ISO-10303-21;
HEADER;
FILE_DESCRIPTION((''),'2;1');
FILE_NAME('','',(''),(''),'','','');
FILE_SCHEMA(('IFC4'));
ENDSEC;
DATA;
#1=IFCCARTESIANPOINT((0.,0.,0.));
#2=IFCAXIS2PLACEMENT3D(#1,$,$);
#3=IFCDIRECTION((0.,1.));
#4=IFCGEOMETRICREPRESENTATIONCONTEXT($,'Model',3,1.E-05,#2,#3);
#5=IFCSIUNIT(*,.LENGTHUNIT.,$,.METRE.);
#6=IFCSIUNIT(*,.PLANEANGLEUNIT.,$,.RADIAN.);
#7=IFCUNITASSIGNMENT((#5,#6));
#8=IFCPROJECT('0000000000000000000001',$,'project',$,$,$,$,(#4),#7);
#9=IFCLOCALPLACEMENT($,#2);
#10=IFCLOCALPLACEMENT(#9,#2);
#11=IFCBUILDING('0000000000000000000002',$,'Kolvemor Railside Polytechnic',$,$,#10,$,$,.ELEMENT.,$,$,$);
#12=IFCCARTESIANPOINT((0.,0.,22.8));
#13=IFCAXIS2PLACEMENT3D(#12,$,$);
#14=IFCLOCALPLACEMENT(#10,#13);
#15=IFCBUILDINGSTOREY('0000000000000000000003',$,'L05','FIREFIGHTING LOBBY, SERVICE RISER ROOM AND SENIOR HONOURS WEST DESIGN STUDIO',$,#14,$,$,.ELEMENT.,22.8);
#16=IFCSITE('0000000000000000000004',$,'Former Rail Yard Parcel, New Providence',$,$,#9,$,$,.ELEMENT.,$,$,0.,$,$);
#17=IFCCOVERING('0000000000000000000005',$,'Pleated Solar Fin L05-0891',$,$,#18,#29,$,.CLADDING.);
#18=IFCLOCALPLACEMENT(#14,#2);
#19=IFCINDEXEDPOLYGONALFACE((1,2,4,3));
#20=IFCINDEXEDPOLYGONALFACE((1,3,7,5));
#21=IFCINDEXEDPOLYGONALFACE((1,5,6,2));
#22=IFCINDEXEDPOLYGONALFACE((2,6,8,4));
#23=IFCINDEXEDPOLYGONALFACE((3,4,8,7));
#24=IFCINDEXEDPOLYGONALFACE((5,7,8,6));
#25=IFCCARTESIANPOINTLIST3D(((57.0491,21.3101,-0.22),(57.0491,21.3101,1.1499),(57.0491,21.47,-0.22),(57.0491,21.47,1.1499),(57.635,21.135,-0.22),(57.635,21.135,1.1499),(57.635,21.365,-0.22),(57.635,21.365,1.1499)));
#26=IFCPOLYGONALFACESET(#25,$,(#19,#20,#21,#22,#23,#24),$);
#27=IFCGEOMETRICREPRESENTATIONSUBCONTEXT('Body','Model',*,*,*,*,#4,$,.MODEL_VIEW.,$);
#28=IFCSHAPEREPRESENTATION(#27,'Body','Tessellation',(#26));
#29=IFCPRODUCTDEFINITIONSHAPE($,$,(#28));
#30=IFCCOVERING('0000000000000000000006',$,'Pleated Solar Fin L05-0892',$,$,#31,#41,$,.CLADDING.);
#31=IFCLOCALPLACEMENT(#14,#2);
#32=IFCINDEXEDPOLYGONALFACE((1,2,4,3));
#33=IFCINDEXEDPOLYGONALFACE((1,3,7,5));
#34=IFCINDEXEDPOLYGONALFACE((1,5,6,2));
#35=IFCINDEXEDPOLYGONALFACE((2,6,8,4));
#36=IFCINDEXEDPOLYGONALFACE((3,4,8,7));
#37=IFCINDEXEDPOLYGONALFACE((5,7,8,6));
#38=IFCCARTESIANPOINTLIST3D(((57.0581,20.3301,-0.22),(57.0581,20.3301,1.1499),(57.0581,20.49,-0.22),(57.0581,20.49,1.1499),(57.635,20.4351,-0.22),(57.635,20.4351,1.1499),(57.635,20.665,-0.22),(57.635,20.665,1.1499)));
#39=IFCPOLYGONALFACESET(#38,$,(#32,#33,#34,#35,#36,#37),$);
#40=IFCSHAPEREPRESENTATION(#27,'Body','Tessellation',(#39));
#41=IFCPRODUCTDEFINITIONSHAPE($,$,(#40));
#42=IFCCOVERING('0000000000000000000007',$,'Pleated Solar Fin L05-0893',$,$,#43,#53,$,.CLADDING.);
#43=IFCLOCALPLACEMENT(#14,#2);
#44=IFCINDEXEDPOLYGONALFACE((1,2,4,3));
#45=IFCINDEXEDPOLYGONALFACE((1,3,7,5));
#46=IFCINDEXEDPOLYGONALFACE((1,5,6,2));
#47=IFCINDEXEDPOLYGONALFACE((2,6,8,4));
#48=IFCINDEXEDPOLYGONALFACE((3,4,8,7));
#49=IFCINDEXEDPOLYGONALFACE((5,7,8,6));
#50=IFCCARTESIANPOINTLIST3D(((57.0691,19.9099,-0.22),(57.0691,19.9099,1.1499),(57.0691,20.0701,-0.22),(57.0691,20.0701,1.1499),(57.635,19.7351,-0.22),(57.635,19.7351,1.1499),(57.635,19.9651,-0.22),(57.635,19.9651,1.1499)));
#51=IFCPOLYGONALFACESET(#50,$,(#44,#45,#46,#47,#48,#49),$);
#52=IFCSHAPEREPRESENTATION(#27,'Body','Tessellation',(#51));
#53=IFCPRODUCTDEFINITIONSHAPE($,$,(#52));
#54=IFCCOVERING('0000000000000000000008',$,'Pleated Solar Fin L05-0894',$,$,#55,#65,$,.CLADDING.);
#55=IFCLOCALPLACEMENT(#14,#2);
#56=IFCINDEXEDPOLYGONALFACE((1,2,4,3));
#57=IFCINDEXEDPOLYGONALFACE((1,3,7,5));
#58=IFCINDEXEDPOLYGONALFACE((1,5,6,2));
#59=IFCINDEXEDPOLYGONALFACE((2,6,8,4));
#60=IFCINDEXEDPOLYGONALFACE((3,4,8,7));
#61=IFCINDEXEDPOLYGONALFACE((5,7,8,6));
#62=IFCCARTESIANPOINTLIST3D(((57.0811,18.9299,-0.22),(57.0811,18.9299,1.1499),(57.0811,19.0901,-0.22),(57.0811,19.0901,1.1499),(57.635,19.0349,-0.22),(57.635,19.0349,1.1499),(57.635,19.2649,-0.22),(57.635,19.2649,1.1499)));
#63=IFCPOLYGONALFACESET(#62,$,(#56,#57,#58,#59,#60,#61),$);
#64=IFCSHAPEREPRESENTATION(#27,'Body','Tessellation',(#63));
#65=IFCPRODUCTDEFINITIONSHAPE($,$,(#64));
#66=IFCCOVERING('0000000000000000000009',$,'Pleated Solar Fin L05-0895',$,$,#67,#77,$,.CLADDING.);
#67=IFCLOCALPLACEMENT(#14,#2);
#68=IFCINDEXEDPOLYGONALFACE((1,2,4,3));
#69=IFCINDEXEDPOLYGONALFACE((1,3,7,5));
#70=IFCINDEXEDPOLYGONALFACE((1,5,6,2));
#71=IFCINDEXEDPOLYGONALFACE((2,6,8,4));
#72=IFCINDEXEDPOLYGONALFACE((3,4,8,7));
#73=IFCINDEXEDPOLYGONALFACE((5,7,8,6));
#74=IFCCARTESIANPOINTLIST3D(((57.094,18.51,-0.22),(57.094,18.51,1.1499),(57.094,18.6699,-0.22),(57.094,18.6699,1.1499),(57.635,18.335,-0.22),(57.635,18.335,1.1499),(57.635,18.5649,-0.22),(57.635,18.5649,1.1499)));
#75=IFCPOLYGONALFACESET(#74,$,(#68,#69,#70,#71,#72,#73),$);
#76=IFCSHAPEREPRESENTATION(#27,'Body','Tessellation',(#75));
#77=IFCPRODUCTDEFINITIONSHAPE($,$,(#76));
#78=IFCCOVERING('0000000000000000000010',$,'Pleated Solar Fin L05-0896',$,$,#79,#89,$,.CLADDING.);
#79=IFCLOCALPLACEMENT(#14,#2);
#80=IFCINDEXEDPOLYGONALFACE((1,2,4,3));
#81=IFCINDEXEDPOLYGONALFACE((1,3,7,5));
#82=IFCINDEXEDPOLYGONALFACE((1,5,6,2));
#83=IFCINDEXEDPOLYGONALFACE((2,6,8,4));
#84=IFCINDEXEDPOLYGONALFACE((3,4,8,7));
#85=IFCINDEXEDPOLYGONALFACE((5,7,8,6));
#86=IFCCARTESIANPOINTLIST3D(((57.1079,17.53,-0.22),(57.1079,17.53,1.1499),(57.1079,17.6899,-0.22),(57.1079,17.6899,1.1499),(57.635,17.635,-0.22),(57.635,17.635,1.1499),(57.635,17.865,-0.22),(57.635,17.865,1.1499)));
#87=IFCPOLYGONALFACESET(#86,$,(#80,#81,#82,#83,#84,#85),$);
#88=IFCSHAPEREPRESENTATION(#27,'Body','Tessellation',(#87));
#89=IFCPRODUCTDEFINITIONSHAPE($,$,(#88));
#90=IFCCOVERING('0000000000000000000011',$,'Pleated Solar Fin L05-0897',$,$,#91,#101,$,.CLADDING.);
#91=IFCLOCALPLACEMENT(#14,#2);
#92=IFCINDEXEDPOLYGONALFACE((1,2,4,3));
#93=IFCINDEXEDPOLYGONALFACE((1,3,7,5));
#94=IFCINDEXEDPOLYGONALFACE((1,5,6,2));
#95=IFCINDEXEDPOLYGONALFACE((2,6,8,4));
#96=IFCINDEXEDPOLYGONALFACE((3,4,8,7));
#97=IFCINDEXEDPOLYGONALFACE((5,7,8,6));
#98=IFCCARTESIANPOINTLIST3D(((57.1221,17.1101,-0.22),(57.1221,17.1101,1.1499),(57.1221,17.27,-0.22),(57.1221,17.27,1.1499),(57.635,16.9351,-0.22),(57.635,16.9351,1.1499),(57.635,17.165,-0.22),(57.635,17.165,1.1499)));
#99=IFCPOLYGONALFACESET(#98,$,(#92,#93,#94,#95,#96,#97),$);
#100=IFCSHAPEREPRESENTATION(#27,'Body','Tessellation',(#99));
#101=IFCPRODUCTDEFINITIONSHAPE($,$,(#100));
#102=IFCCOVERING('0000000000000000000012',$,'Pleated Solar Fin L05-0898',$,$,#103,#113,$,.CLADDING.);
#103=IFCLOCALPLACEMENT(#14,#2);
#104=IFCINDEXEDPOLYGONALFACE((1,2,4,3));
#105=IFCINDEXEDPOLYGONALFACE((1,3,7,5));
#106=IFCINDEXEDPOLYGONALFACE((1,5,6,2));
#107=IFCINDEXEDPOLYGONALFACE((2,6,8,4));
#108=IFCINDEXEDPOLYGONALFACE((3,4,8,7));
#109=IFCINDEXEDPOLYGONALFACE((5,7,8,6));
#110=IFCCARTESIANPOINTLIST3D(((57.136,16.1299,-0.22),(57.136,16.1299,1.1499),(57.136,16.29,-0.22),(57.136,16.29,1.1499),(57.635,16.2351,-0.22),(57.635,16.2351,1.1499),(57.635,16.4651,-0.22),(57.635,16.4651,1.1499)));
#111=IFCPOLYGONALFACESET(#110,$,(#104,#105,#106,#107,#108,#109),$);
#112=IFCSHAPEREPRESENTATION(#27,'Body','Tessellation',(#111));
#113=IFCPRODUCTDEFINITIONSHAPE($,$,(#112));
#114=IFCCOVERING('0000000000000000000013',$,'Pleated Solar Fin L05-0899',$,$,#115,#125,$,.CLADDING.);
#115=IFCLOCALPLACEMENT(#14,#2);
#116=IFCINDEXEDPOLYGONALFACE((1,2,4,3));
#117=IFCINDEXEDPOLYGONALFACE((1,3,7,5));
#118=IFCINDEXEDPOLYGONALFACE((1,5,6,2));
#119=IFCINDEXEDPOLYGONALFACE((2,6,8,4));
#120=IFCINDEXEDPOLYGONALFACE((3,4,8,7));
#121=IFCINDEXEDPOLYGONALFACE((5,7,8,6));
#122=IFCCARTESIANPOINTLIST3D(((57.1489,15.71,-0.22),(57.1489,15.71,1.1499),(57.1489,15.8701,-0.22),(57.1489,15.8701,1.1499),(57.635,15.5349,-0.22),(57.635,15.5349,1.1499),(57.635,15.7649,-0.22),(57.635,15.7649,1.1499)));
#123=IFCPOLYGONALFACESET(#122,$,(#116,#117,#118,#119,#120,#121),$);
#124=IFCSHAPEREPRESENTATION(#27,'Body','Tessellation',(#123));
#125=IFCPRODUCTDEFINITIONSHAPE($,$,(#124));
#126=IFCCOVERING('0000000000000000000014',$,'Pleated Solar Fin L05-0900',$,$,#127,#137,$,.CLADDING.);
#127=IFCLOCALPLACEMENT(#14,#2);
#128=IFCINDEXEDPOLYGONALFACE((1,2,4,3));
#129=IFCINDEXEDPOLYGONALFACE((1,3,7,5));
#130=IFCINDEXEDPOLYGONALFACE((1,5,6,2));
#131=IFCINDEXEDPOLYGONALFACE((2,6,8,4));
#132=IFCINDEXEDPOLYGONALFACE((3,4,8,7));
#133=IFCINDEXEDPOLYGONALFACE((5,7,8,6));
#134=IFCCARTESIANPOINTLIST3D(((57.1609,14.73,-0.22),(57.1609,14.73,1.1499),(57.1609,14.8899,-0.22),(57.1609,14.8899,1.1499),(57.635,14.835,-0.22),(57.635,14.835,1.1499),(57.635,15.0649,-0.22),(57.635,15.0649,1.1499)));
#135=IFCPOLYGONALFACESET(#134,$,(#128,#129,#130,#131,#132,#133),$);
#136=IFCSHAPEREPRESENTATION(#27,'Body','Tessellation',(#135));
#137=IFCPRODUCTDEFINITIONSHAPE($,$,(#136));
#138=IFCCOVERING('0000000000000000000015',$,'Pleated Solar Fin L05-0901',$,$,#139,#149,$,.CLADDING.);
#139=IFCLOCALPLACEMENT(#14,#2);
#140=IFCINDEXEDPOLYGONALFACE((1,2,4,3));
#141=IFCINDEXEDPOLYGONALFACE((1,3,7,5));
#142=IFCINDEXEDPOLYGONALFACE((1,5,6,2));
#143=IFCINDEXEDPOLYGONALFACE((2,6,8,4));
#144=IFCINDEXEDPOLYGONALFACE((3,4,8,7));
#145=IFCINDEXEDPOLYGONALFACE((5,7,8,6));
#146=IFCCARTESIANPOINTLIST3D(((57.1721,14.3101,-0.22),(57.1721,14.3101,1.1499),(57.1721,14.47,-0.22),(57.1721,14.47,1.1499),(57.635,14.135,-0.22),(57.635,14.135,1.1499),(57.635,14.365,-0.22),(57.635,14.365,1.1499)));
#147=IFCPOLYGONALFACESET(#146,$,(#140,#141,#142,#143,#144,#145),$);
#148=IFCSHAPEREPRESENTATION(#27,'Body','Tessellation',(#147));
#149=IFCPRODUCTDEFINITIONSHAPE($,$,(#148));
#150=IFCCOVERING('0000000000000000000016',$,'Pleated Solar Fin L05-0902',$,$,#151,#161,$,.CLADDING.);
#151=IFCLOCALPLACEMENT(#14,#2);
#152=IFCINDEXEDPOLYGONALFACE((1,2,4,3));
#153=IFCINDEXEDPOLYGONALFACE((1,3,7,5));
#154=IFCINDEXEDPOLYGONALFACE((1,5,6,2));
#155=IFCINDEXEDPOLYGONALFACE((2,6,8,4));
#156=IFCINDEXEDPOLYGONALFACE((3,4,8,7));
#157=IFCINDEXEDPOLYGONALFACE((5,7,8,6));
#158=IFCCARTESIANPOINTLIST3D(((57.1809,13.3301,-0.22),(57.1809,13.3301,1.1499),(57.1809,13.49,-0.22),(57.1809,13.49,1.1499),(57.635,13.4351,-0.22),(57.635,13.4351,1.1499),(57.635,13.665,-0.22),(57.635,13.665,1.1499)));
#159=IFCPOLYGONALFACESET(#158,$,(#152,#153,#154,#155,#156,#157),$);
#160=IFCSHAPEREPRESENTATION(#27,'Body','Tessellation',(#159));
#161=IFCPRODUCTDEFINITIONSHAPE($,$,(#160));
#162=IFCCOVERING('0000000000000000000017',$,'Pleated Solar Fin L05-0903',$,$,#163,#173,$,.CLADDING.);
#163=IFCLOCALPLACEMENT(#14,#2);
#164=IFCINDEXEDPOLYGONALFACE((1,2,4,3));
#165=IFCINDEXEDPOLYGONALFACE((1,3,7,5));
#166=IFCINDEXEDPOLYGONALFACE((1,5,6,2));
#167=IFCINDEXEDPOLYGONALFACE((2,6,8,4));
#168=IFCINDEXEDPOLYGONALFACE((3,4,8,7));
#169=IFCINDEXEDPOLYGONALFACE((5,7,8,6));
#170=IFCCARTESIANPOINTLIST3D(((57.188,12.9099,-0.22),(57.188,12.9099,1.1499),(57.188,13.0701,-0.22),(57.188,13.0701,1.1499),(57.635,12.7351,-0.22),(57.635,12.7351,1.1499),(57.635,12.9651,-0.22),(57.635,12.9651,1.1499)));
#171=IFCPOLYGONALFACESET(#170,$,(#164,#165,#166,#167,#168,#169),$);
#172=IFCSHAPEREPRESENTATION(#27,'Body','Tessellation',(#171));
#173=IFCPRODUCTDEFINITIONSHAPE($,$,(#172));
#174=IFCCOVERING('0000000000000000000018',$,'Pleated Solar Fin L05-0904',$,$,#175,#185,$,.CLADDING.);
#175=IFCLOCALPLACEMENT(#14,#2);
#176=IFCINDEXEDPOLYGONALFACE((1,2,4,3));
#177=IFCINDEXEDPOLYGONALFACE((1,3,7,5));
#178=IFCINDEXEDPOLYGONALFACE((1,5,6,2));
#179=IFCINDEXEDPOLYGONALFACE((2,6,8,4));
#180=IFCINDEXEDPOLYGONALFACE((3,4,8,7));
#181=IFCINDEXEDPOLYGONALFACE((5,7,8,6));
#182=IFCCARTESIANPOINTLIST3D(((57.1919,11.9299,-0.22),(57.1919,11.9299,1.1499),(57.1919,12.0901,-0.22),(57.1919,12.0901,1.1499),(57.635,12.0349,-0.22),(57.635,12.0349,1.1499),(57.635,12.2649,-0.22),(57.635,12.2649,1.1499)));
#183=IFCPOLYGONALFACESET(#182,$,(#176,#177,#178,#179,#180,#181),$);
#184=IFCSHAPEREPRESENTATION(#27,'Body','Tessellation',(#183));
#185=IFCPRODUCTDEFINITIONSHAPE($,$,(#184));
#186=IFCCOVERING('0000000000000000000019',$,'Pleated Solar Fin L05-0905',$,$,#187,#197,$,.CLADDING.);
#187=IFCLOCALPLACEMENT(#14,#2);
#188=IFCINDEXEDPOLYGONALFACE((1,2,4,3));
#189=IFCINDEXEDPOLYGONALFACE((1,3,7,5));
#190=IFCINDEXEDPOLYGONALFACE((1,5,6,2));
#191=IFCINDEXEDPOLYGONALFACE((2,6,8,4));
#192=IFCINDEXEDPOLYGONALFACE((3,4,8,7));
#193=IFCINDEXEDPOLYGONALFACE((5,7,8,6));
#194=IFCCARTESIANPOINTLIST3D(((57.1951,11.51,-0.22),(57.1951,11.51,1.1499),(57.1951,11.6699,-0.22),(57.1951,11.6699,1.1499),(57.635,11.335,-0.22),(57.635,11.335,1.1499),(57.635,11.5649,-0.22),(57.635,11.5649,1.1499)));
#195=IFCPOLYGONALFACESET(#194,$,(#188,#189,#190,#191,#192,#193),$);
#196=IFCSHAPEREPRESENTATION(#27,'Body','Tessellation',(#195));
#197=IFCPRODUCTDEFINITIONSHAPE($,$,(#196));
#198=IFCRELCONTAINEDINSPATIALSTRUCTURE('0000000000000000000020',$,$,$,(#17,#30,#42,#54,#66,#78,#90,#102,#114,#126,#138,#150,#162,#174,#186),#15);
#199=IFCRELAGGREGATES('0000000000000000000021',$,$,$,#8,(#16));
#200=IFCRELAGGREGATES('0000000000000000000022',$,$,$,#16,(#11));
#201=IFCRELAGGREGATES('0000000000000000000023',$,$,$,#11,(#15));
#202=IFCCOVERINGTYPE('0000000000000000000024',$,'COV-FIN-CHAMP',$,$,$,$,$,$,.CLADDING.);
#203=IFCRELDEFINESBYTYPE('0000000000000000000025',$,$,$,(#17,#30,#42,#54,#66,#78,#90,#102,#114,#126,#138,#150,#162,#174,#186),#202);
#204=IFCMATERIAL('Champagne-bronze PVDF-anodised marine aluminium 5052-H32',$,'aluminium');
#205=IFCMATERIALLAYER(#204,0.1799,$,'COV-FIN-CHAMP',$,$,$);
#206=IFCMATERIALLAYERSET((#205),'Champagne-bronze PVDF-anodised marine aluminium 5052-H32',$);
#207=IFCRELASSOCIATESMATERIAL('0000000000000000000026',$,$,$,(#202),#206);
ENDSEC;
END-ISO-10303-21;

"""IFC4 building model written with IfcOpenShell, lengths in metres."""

from ifc_helpers import new_model, si_unit, direction, frame, origin, place, context, subcontext, project, spatial, polyline, outline, extrude, material, layer, layer_set, type_object, element, save


model = new_model("IFC4")

# Units and contexts
model_context = context("Model", 3, precision=1e-05, world=origin(), true_north=direction((0.0, 1.0)))
body_context = subcontext(model_context, "Body", "Model", "MODEL_VIEW")
ifc_project = project(units=[si_unit("LENGTHUNIT", "METRE"), si_unit("PLANEANGLEUNIT", "RADIAN")], contexts=[model_context])

# Site, building, storey
site_placement = place(None, origin())
site = spatial("IfcSite", under=ifc_project, at=site_placement, Name="Former Rail Yard Parcel, New Providence", CompositionType="ELEMENT", RefElevation=0.0)
building_placement = place(site_placement, origin())
building = spatial("IfcBuilding", under=site, at=building_placement, Name="Kolvemor Railside Polytechnic", CompositionType="ELEMENT")
storey_placement = place(building_placement, frame((0.0, 0.0, 22.8)))
storey = spatial("IfcBuildingStorey", under=building, at=storey_placement, Name="L05", Description="FIREFIGHTING LOBBY, SERVICE RISER ROOM AND SENIOR HONOURS WEST DESIGN STUDIO", CompositionType="ELEMENT", Elevation=22.8)

# Coverings
ifc_material = material(Name="Champagne-bronze PVDF-anodised marine aluminium 5052-H32", Category="aluminium")
ifc_layer = layer(ifc_material, 0.1799, Name="COV-FIN-CHAMP")
ifc_layer_set = layer_set([ifc_layer], Name="Champagne-bronze PVDF-anodised marine aluminium 5052-H32")
covering_type = type_object("IfcCoveringType", Name="COV-FIN-CHAMP", PredefinedType="CLADDING", material=ifc_layer_set)
covering_1_placement = place(storey_placement, frame((0.0, 0.0, -0.22)))
element("IfcCovering", 1, at=covering_1_placement, inside=storey, type_object=covering_type, Name="Pleated Solar Fin L05-0891", PredefinedType="CLADDING", context=body_context, shape_type="SweptSolid", body=[
    extrude(outline(polyline([(57.635, 21.365), (57.635, 21.135), (57.0491, 21.3101), (57.0491, 21.47), (57.635, 21.365)])), origin(), (0.0, 0.0, 1.0), 1.3699),
])
covering_2_placement = place(storey_placement, frame((0.0, 0.0, -0.22)))
element("IfcCovering", 2, at=covering_2_placement, inside=storey, type_object=covering_type, Name="Pleated Solar Fin L05-0892", PredefinedType="CLADDING", context=body_context, shape_type="SweptSolid", body=[
    extrude(outline(polyline([(57.635, 20.665), (57.635, 20.4351), (57.0581, 20.3301), (57.0581, 20.49), (57.635, 20.665)])), origin(), (0.0, 0.0, 1.0), 1.3699),
])
covering_3_placement = place(storey_placement, frame((0.0, 0.0, -0.22)))
element("IfcCovering", 3, at=covering_3_placement, inside=storey, type_object=covering_type, Name="Pleated Solar Fin L05-0893", PredefinedType="CLADDING", context=body_context, shape_type="SweptSolid", body=[
    extrude(outline(polyline([(57.635, 19.9651), (57.635, 19.7351), (57.0691, 19.9099), (57.0691, 20.0701), (57.635, 19.9651)])), origin(), (0.0, 0.0, 1.0), 1.3699),
])
covering_4_placement = place(storey_placement, frame((0.0, 0.0, -0.22)))
element("IfcCovering", 4, at=covering_4_placement, inside=storey, type_object=covering_type, Name="Pleated Solar Fin L05-0894", PredefinedType="CLADDING", context=body_context, shape_type="SweptSolid", body=[
    extrude(outline(polyline([(57.635, 19.2649), (57.635, 19.0349), (57.0811, 18.9299), (57.0811, 19.0901), (57.635, 19.2649)])), origin(), (0.0, 0.0, 1.0), 1.3699),
])
covering_5_placement = place(storey_placement, frame((0.0, 0.0, -0.22)))
element("IfcCovering", 5, at=covering_5_placement, inside=storey, type_object=covering_type, Name="Pleated Solar Fin L05-0895", PredefinedType="CLADDING", context=body_context, shape_type="SweptSolid", body=[
    extrude(outline(polyline([(57.635, 18.5649), (57.635, 18.335), (57.094, 18.51), (57.094, 18.6699), (57.635, 18.5649)])), origin(), (0.0, 0.0, 1.0), 1.3699),
])
covering_6_placement = place(storey_placement, frame((0.0, 0.0, -0.22)))
element("IfcCovering", 6, at=covering_6_placement, inside=storey, type_object=covering_type, Name="Pleated Solar Fin L05-0896", PredefinedType="CLADDING", context=body_context, shape_type="SweptSolid", body=[
    extrude(outline(polyline([(57.635, 17.865), (57.635, 17.635), (57.1079, 17.53), (57.1079, 17.6899), (57.635, 17.865)])), origin(), (0.0, 0.0, 1.0), 1.3699),
])
covering_7_placement = place(storey_placement, frame((0.0, 0.0, -0.22)))
element("IfcCovering", 7, at=covering_7_placement, inside=storey, type_object=covering_type, Name="Pleated Solar Fin L05-0897", PredefinedType="CLADDING", context=body_context, shape_type="SweptSolid", body=[
    extrude(outline(polyline([(57.635, 17.165), (57.635, 16.9351), (57.1221, 17.1101), (57.1221, 17.27), (57.635, 17.165)])), origin(), (0.0, 0.0, 1.0), 1.3699),
])
covering_8_placement = place(storey_placement, frame((0.0, 0.0, -0.22)))
element("IfcCovering", 8, at=covering_8_placement, inside=storey, type_object=covering_type, Name="Pleated Solar Fin L05-0898", PredefinedType="CLADDING", context=body_context, shape_type="SweptSolid", body=[
    extrude(outline(polyline([(57.635, 16.4651), (57.635, 16.2351), (57.136, 16.1299), (57.136, 16.29), (57.635, 16.4651)])), origin(), (0.0, 0.0, 1.0), 1.3699),
])
covering_9_placement = place(storey_placement, frame((0.0, 0.0, -0.22)))
element("IfcCovering", 9, at=covering_9_placement, inside=storey, type_object=covering_type, Name="Pleated Solar Fin L05-0899", PredefinedType="CLADDING", context=body_context, shape_type="SweptSolid", body=[
    extrude(outline(polyline([(57.635, 15.7649), (57.635, 15.5349), (57.1489, 15.71), (57.1489, 15.8701), (57.635, 15.7649)])), origin(), (0.0, 0.0, 1.0), 1.3699),
])
covering_10_placement = place(storey_placement, frame((0.0, 0.0, -0.22)))
element("IfcCovering", 10, at=covering_10_placement, inside=storey, type_object=covering_type, Name="Pleated Solar Fin L05-0900", PredefinedType="CLADDING", context=body_context, shape_type="SweptSolid", body=[
    extrude(outline(polyline([(57.635, 15.0649), (57.635, 14.835), (57.1609, 14.73), (57.1609, 14.8899), (57.635, 15.0649)])), origin(), (0.0, 0.0, 1.0), 1.3699),
])
covering_11_placement = place(storey_placement, frame((0.0, 0.0, -0.22)))
element("IfcCovering", 11, at=covering_11_placement, inside=storey, type_object=covering_type, Name="Pleated Solar Fin L05-0901", PredefinedType="CLADDING", context=body_context, shape_type="SweptSolid", body=[
    extrude(outline(polyline([(57.635, 14.365), (57.635, 14.135), (57.1721, 14.3101), (57.1721, 14.47), (57.635, 14.365)])), origin(), (0.0, 0.0, 1.0), 1.3699),
])
covering_12_placement = place(storey_placement, frame((0.0, 0.0, -0.22)))
element("IfcCovering", 12, at=covering_12_placement, inside=storey, type_object=covering_type, Name="Pleated Solar Fin L05-0902", PredefinedType="CLADDING", context=body_context, shape_type="SweptSolid", body=[
    extrude(outline(polyline([(57.635, 13.665), (57.635, 13.4351), (57.1809, 13.3301), (57.1809, 13.49), (57.635, 13.665)])), origin(), (0.0, 0.0, 1.0), 1.3699),
])
covering_13_placement = place(storey_placement, frame((0.0, 0.0, -0.22)))
element("IfcCovering", 13, at=covering_13_placement, inside=storey, type_object=covering_type, Name="Pleated Solar Fin L05-0903", PredefinedType="CLADDING", context=body_context, shape_type="SweptSolid", body=[
    extrude(outline(polyline([(57.635, 12.9651), (57.635, 12.7351), (57.188, 12.9099), (57.188, 13.0701), (57.635, 12.9651)])), origin(), (0.0, 0.0, 1.0), 1.3699),
])
covering_14_placement = place(storey_placement, frame((0.0, 0.0, -0.22)))
element("IfcCovering", 14, at=covering_14_placement, inside=storey, type_object=covering_type, Name="Pleated Solar Fin L05-0904", PredefinedType="CLADDING", context=body_context, shape_type="SweptSolid", body=[
    extrude(outline(polyline([(57.635, 12.2649), (57.635, 12.0349), (57.1919, 11.9299), (57.1919, 12.0901), (57.635, 12.2649)])), origin(), (0.0, 0.0, 1.0), 1.3699),
])
covering_15_placement = place(storey_placement, frame((0.0, 0.0, -0.22)))
element("IfcCovering", 15, at=covering_15_placement, inside=storey, type_object=covering_type, Name="Pleated Solar Fin L05-0905", PredefinedType="CLADDING", context=body_context, shape_type="SweptSolid", body=[
    extrude(outline(polyline([(57.635, 11.5649), (57.635, 11.335), (57.1951, 11.51), (57.1951, 11.6699), (57.635, 11.5649)])), origin(), (0.0, 0.0, 1.0), 1.3699),
])

save(model, "model.ifc")
